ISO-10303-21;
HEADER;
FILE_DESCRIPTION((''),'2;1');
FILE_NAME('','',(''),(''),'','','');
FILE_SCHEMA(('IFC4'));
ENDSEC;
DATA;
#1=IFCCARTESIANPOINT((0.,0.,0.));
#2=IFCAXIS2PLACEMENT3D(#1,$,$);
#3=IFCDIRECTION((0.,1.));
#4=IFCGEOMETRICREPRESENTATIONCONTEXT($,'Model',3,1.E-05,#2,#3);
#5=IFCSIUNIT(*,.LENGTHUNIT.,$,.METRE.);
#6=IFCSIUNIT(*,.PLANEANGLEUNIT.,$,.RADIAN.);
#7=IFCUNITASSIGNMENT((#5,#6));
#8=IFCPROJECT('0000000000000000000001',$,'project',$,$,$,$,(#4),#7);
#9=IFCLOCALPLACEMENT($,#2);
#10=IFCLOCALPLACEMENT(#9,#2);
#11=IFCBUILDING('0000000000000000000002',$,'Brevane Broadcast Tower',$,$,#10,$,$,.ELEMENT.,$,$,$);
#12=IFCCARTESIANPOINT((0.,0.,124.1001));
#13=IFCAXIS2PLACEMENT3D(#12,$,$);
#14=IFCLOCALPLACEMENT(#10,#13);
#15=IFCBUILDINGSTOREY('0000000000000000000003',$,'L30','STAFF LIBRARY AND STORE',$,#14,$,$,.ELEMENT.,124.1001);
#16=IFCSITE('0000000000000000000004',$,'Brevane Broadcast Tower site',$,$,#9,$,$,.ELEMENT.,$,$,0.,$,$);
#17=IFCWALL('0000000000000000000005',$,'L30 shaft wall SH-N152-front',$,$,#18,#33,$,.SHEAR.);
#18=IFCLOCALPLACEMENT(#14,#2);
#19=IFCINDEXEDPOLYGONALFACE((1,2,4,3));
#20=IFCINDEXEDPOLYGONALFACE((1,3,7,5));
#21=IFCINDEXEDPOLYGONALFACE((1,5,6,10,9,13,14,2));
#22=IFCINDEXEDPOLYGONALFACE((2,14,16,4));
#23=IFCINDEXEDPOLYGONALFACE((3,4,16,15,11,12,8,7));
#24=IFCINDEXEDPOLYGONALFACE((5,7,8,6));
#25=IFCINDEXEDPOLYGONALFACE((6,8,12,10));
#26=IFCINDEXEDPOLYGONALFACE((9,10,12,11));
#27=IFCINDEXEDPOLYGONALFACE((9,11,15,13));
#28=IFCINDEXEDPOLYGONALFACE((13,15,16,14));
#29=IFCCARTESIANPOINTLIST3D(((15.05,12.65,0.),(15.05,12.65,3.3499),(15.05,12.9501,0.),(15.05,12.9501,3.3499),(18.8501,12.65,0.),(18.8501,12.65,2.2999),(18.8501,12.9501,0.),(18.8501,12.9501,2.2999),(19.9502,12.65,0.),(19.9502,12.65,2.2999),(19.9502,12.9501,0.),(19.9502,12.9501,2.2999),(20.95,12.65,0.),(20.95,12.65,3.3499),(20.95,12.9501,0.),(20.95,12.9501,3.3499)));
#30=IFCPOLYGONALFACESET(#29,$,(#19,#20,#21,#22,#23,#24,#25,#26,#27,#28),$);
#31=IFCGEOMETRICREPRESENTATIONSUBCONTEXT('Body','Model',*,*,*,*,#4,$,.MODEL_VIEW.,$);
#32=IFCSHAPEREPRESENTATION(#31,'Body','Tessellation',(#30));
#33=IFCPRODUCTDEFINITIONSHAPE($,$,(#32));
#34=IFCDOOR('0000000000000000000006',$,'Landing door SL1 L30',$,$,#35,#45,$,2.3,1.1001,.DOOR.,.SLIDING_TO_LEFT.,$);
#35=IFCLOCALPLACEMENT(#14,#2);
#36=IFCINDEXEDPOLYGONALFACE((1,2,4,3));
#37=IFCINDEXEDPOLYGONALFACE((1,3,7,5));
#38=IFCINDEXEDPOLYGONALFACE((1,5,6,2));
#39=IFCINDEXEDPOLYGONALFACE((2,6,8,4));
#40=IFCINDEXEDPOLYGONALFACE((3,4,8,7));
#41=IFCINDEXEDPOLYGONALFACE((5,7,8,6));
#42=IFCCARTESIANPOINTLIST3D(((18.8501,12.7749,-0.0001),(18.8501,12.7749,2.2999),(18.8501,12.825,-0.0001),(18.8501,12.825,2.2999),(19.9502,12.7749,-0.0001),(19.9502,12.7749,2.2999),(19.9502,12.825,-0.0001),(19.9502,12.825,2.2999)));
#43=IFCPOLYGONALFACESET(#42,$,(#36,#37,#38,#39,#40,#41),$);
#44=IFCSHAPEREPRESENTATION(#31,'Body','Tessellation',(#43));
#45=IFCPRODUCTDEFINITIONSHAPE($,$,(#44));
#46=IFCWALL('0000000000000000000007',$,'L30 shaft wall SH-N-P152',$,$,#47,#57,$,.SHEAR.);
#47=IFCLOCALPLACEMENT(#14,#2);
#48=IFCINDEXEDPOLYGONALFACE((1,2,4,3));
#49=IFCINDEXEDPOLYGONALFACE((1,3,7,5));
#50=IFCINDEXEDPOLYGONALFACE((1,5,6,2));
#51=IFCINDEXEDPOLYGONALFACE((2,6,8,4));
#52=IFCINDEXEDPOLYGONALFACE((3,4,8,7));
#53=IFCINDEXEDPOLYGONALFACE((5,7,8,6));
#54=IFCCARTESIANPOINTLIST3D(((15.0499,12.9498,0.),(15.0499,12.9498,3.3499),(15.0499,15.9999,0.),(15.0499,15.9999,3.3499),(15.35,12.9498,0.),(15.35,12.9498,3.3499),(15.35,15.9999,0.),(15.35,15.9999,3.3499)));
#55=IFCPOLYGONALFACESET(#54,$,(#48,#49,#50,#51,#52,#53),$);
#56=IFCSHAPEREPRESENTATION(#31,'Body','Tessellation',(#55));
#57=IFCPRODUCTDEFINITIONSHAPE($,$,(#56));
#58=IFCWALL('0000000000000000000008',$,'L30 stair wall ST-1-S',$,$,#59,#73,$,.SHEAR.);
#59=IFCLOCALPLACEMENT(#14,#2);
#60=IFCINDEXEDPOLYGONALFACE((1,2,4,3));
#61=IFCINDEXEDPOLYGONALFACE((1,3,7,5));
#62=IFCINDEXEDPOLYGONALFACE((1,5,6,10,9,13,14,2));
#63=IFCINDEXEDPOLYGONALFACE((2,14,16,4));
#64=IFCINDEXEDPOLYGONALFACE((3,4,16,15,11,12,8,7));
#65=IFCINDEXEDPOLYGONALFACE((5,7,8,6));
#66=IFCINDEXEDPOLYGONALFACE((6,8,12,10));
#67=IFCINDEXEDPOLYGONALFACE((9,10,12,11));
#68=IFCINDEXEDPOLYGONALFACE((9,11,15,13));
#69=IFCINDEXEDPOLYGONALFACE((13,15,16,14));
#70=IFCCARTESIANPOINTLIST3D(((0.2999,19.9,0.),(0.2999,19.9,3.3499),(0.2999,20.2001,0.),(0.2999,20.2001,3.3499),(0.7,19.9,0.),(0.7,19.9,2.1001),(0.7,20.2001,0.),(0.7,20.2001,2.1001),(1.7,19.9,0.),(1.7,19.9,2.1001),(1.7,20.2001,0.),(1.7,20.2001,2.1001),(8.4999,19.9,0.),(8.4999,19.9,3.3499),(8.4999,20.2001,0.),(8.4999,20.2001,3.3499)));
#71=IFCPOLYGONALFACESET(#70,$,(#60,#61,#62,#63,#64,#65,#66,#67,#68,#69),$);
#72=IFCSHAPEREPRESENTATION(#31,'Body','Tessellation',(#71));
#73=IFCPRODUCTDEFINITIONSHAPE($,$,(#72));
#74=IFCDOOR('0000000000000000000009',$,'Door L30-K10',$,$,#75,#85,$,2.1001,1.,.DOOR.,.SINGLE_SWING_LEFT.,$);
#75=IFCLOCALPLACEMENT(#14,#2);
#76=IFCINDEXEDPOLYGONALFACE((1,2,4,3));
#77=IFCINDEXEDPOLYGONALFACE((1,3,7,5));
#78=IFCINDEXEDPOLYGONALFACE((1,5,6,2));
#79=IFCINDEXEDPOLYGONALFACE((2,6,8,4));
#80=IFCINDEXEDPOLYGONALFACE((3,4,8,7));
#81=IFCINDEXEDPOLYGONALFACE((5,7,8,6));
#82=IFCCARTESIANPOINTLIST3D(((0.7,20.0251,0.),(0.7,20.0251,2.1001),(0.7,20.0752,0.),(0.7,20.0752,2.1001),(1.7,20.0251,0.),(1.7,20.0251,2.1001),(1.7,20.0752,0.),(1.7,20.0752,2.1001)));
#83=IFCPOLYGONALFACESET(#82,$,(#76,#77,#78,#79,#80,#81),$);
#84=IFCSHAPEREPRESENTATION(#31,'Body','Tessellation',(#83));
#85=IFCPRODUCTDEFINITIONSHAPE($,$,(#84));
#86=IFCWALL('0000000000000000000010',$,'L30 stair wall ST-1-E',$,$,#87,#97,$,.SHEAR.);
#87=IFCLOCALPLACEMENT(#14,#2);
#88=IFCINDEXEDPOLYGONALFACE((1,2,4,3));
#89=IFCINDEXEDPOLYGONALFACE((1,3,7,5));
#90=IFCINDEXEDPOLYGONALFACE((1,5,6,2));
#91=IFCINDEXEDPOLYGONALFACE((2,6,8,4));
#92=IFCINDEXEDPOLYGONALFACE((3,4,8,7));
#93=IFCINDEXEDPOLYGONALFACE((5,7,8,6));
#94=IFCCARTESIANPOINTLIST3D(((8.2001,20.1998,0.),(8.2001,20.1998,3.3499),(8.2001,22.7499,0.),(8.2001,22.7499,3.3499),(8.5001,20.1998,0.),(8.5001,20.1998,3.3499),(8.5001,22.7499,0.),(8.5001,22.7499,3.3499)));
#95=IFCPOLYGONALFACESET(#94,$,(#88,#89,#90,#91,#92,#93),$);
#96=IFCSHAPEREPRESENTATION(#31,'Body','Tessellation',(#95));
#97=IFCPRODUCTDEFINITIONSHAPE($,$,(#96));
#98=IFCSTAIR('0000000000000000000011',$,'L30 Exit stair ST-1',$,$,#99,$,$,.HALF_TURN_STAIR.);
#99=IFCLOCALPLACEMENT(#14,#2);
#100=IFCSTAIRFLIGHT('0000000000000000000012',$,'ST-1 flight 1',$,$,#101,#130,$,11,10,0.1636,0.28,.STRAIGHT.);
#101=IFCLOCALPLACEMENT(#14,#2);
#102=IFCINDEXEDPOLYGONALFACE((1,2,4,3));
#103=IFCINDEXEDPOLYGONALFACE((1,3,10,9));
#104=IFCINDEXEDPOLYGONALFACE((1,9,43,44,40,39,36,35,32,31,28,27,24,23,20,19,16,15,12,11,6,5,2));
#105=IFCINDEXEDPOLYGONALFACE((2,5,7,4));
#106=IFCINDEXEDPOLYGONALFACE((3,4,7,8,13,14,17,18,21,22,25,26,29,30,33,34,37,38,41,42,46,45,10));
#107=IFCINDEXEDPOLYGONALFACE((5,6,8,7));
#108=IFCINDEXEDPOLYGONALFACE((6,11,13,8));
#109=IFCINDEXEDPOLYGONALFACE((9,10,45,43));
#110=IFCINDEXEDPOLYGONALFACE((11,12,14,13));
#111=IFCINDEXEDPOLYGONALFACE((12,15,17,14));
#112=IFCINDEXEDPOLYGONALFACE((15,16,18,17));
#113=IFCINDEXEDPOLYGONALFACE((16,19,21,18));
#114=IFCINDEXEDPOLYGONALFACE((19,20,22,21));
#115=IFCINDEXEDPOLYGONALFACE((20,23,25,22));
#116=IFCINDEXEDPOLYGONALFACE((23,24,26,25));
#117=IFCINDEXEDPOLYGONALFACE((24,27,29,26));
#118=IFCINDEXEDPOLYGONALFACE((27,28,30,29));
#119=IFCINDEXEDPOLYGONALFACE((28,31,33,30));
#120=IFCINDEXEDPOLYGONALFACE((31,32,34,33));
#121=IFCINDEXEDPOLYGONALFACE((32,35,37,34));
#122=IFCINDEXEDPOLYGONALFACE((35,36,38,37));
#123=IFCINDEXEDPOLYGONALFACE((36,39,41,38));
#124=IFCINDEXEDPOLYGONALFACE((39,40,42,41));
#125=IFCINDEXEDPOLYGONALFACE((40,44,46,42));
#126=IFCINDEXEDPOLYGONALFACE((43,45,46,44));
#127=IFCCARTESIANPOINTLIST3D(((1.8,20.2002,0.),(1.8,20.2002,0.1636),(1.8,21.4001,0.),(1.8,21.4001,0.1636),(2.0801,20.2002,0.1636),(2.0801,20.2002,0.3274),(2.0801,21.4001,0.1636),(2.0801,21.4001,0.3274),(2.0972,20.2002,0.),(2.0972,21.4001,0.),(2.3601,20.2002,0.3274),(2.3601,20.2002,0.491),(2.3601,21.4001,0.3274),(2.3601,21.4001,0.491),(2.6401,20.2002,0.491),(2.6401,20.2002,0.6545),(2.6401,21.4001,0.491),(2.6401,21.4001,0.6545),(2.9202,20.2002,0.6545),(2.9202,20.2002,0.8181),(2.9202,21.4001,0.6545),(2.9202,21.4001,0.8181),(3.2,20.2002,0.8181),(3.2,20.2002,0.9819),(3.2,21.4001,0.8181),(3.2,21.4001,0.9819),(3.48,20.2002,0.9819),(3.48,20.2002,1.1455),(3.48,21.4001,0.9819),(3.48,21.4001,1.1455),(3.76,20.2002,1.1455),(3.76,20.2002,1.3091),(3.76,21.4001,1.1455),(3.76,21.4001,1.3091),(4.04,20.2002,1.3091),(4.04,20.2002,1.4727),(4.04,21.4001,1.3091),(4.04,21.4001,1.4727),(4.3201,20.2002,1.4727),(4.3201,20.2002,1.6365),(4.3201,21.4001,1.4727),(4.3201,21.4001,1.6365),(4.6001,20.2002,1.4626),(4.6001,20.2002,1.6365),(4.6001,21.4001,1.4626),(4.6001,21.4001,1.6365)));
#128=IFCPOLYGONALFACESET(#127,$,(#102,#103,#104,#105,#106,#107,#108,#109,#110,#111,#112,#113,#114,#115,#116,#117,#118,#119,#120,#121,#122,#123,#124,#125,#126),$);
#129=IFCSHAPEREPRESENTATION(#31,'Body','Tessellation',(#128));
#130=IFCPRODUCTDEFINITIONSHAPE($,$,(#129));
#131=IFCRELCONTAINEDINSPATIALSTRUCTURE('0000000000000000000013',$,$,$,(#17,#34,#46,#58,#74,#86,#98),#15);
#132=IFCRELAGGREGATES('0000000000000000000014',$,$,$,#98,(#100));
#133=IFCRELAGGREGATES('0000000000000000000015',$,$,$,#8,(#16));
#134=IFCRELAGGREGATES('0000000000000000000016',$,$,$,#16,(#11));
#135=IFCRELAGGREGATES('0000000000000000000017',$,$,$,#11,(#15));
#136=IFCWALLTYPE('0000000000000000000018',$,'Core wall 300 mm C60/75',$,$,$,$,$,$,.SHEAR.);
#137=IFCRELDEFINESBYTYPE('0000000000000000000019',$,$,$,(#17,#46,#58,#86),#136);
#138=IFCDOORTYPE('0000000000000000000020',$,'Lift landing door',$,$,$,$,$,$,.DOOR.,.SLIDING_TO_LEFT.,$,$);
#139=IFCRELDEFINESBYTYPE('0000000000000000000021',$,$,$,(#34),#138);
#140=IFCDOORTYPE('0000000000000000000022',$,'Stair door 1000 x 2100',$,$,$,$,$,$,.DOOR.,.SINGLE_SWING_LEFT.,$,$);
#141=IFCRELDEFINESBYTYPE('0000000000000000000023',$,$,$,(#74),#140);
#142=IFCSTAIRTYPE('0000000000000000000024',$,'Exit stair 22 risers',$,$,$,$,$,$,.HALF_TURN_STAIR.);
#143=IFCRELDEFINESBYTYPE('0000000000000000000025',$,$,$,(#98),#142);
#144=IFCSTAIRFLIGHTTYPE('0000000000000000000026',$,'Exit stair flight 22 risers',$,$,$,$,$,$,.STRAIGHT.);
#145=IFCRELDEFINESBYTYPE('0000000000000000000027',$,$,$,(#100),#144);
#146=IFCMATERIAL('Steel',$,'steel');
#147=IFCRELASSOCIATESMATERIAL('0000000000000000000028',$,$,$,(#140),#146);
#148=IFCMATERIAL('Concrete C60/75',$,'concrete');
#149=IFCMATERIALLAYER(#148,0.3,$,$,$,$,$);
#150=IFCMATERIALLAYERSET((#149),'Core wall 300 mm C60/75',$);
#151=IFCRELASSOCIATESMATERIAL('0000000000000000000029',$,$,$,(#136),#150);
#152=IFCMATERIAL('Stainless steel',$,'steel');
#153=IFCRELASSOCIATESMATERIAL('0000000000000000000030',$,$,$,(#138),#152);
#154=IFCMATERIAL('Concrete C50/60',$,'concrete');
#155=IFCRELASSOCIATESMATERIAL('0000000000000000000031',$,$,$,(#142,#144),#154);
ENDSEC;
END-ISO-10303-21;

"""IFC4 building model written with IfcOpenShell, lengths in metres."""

from ifc_helpers import new_model, si_unit, direction, frame, frame_2d, origin, place, context, subcontext, project, spatial, polyline, rectangle, outline, extrude, material, layer, layer_set, type_object, element, fill, aggregate, save


model = new_model("IFC4")

# Units and contexts
model_context = context("Model", 3, precision=1e-05, world=origin(), true_north=direction((0.0, 1.0)))
body_context = subcontext(model_context, "Body", "Model", "MODEL_VIEW")
ifc_project = project(units=[si_unit("LENGTHUNIT", "METRE"), si_unit("PLANEANGLEUNIT", "RADIAN")], contexts=[model_context])

# Site, building, storey
site_placement = place(None, origin())
site = spatial("IfcSite", under=ifc_project, at=site_placement, Name="Brevane Broadcast Tower site", CompositionType="ELEMENT", RefElevation=0.0)
building_placement = place(site_placement, origin())
building = spatial("IfcBuilding", under=site, at=building_placement, Name="Brevane Broadcast Tower", CompositionType="ELEMENT")
storey_placement = place(building_placement, frame((0.0, 0.0, 124.1001)))
storey = spatial("IfcBuildingStorey", under=building, at=storey_placement, Name="L30", Description="STAFF LIBRARY AND STORE", CompositionType="ELEMENT", Elevation=124.1001)

# Shared definitions
ifc_material_1 = material(Name="Steel", Category="steel")
door_type_1 = type_object("IfcDoorType", Name="Stair door 1000 x 2100", OperationType="SINGLE_SWING_LEFT", PredefinedType="DOOR", material=ifc_material_1)

# Shared definitions
ifc_material_2 = material(Name="Concrete C60/75", Category="concrete")
ifc_layer_1 = layer(ifc_material_2, 0.3)
ifc_layer_set_1 = layer_set([ifc_layer_1], Name="Core wall 300 mm C60/75")
wall_type_1 = type_object("IfcWallType", Name="Core wall 300 mm C60/75", PredefinedType="SHEAR", material=ifc_layer_set_1)

# Wall, opening, door
wall_1_placement = place(storey_placement, frame((15.05, 12.8, 0.0), z_axis=(0.0, 0.0, 1.0), x_axis=(1.0, 0.0, 0.0)))
wall_1 = element("IfcWall", 1, at=wall_1_placement, inside=storey, type_object=wall_type_1, Name="L30 shaft wall SH-N152-front", PredefinedType="SHEAR", context=body_context, shape_type="SweptSolid", body=[
    extrude(rectangle(XDim=5.8999, YDim=0.3, at=frame_2d((2.95, 0.0))), origin(), (0.0, 0.0, 1.0), 3.3499),
])
opening_1_placement = place(wall_1_placement, frame((3.8, 0.0, 0.0)))
opening_1 = element("IfcOpeningElement", 2, at=opening_1_placement, cuts=wall_1, PredefinedType="OPENING", context=body_context, shape_type="SweptSolid", body=[
    extrude(rectangle(XDim=1.1001, YDim=2.3, at=frame_2d((0.55, 1.1499))), frame((0.0, 0.1599, 0.0), z_axis=(0.0, -1.0, 0.0), x_axis=(1.0, 0.0, 0.0)), (0.0, 0.0, 1.0), 0.3201),
])
ifc_material_3 = material(Name="Stainless steel", Category="steel")
door_type_2 = type_object("IfcDoorType", Name="Lift landing door", OperationType="SLIDING_TO_LEFT", PredefinedType="DOOR", material=ifc_material_3)
door_1_placement = place(opening_1_placement, origin())
door_1 = element("IfcDoor", 3, at=door_1_placement, inside=storey, type_object=door_type_2, Name="Landing door SL1 L30", OperationType="SLIDING_TO_LEFT", OverallHeight=2.3, OverallWidth=1.1001, PredefinedType="DOOR", context=body_context, shape_type="SweptSolid", body=[
    extrude(rectangle(XDim=1.1001, YDim=2.3, at=frame_2d((0.55, 1.1499))), frame((0.0, 0.0249, 0.0), z_axis=(0.0, -1.0, 0.0), x_axis=(1.0, 0.0, 0.0)), (0.0, 0.0, 1.0), 0.05),
])
fill(opening_1, door_1)

# Wall
wall_2_placement = place(storey_placement, frame((15.2, 12.95, 0.0), z_axis=(0.0, 0.0, 1.0), x_axis=(0.0, 1.0, 0.0)))
element("IfcWall", 4, at=wall_2_placement, inside=storey, type_object=wall_type_1, Name="L30 shaft wall SH-N-P152", PredefinedType="SHEAR", context=body_context, shape_type="SweptSolid", body=[
    extrude(rectangle(XDim=3.05, YDim=0.3, at=frame_2d((1.5249, 0.0))), origin(), (0.0, 0.0, 1.0), 3.3499),
])

# Wall, opening, door
wall_3_placement = place(storey_placement, frame((8.5, 20.05, 0.0), z_axis=(0.0, 0.0, 1.0), x_axis=(-1.0, 0.0, 0.0)))
wall_3 = element("IfcWall", 5, at=wall_3_placement, inside=storey, type_object=wall_type_1, Name="L30 stair wall ST-1-S", PredefinedType="SHEAR", context=body_context, shape_type="SweptSolid", body=[
    extrude(rectangle(XDim=8.2, YDim=0.3, at=frame_2d((4.1001, 0.0))), origin(), (0.0, 0.0, 1.0), 3.3499),
])
opening_2_placement = place(wall_3_placement, frame((6.8, 0.0, 0.0)))
opening_2 = element("IfcOpeningElement", 6, at=opening_2_placement, cuts=wall_3, PredefinedType="OPENING", context=body_context, shape_type="SweptSolid", body=[
    extrude(rectangle(XDim=1.0, YDim=2.1001, at=frame_2d((0.5, 1.05))), frame((0.0, 0.1599, 0.0), z_axis=(0.0, -1.0, 0.0), x_axis=(1.0, 0.0, 0.0)), (0.0, 0.0, 1.0), 0.3201),
])
door_2_placement = place(opening_2_placement, origin())
door_2 = element("IfcDoor", 7, at=door_2_placement, inside=storey, type_object=door_type_1, Name="Door L30-K10", OperationType="SINGLE_SWING_LEFT", OverallHeight=2.1001, OverallWidth=1.0, PredefinedType="DOOR", context=body_context, shape_type="SweptSolid", body=[
    extrude(rectangle(XDim=1.0, YDim=2.1001, at=frame_2d((0.5, 1.05))), frame((0.0, 0.0249, 0.0), z_axis=(0.0, -1.0, 0.0), x_axis=(1.0, 0.0, 0.0)), (0.0, 0.0, 1.0), 0.05),
])
fill(opening_2, door_2)

# Wall
wall_4_placement = place(storey_placement, frame((8.3501, 20.2, 0.0), z_axis=(0.0, 0.0, 1.0), x_axis=(0.0, 1.0, 0.0)))
element("IfcWall", 8, at=wall_4_placement, inside=storey, type_object=wall_type_1, Name="L30 stair wall ST-1-E", PredefinedType="SHEAR", context=body_context, shape_type="SweptSolid", body=[
    extrude(rectangle(XDim=2.55, YDim=0.3, at=frame_2d((1.2749, 0.0))), origin(), (0.0, 0.0, 1.0), 3.3499),
])

# Stair, stair flight
ifc_material_4 = material(Name="Concrete C50/60", Category="concrete")
stair_type = type_object("IfcStairType", Name="Exit stair 22 risers", PredefinedType="HALF_TURN_STAIR", material=ifc_material_4)
stair_placement = place(storey_placement, origin())
stair = element("IfcStair", 9, at=stair_placement, inside=storey, type_object=stair_type, Name="L30 Exit stair ST-1", PredefinedType="HALF_TURN_STAIR")
stair_flight_type = type_object("IfcStairFlightType", Name="Exit stair flight 22 risers", PredefinedType="STRAIGHT", material=ifc_material_4)
stair_flight_placement = place(storey_placement, frame((1.8, 20.8, 0.0), z_axis=(0.0, 0.0, 1.0), x_axis=(1.0, 0.0, 0.0)))
stair_flight = element("IfcStairFlight", 10, at=stair_flight_placement, type_object=stair_flight_type, Name="ST-1 flight 1", NumberOfRisers=11, NumberOfTreads=10, PredefinedType="STRAIGHT", RiserHeight=0.1636, TreadLength=0.28, context=body_context, shape_type="SweptSolid", body=[
    extrude(outline(polyline([(0.0, 0.0), (0.0, 0.1636), (0.28, 0.1636), (0.28, 0.3274), (0.5601, 0.3274), (0.5601, 0.491), (0.8401, 0.491), (0.8401, 0.6545), (1.1201, 0.6545), (1.1201, 0.8181), (1.3999, 0.8181), (1.3999, 0.9819), (1.6799, 0.9819), (1.6799, 1.1455), (1.96, 1.1455), (1.96, 1.3091), (2.24, 1.3091), (2.24, 1.4727), (2.52, 1.4727), (2.52, 1.6365), (2.8, 1.6365), (2.8, 1.8), (2.8, 1.4626), (0.2971, 0.0), (0.0, 0.0)])), frame((0.0, 0.6001, 0.0), z_axis=(0.0, -1.0, 0.0), x_axis=(1.0, 0.0, 0.0)), (0.0, 0.0, 1.0), 1.2),
])
aggregate(stair, [stair_flight])

save(model, "model.ifc")
